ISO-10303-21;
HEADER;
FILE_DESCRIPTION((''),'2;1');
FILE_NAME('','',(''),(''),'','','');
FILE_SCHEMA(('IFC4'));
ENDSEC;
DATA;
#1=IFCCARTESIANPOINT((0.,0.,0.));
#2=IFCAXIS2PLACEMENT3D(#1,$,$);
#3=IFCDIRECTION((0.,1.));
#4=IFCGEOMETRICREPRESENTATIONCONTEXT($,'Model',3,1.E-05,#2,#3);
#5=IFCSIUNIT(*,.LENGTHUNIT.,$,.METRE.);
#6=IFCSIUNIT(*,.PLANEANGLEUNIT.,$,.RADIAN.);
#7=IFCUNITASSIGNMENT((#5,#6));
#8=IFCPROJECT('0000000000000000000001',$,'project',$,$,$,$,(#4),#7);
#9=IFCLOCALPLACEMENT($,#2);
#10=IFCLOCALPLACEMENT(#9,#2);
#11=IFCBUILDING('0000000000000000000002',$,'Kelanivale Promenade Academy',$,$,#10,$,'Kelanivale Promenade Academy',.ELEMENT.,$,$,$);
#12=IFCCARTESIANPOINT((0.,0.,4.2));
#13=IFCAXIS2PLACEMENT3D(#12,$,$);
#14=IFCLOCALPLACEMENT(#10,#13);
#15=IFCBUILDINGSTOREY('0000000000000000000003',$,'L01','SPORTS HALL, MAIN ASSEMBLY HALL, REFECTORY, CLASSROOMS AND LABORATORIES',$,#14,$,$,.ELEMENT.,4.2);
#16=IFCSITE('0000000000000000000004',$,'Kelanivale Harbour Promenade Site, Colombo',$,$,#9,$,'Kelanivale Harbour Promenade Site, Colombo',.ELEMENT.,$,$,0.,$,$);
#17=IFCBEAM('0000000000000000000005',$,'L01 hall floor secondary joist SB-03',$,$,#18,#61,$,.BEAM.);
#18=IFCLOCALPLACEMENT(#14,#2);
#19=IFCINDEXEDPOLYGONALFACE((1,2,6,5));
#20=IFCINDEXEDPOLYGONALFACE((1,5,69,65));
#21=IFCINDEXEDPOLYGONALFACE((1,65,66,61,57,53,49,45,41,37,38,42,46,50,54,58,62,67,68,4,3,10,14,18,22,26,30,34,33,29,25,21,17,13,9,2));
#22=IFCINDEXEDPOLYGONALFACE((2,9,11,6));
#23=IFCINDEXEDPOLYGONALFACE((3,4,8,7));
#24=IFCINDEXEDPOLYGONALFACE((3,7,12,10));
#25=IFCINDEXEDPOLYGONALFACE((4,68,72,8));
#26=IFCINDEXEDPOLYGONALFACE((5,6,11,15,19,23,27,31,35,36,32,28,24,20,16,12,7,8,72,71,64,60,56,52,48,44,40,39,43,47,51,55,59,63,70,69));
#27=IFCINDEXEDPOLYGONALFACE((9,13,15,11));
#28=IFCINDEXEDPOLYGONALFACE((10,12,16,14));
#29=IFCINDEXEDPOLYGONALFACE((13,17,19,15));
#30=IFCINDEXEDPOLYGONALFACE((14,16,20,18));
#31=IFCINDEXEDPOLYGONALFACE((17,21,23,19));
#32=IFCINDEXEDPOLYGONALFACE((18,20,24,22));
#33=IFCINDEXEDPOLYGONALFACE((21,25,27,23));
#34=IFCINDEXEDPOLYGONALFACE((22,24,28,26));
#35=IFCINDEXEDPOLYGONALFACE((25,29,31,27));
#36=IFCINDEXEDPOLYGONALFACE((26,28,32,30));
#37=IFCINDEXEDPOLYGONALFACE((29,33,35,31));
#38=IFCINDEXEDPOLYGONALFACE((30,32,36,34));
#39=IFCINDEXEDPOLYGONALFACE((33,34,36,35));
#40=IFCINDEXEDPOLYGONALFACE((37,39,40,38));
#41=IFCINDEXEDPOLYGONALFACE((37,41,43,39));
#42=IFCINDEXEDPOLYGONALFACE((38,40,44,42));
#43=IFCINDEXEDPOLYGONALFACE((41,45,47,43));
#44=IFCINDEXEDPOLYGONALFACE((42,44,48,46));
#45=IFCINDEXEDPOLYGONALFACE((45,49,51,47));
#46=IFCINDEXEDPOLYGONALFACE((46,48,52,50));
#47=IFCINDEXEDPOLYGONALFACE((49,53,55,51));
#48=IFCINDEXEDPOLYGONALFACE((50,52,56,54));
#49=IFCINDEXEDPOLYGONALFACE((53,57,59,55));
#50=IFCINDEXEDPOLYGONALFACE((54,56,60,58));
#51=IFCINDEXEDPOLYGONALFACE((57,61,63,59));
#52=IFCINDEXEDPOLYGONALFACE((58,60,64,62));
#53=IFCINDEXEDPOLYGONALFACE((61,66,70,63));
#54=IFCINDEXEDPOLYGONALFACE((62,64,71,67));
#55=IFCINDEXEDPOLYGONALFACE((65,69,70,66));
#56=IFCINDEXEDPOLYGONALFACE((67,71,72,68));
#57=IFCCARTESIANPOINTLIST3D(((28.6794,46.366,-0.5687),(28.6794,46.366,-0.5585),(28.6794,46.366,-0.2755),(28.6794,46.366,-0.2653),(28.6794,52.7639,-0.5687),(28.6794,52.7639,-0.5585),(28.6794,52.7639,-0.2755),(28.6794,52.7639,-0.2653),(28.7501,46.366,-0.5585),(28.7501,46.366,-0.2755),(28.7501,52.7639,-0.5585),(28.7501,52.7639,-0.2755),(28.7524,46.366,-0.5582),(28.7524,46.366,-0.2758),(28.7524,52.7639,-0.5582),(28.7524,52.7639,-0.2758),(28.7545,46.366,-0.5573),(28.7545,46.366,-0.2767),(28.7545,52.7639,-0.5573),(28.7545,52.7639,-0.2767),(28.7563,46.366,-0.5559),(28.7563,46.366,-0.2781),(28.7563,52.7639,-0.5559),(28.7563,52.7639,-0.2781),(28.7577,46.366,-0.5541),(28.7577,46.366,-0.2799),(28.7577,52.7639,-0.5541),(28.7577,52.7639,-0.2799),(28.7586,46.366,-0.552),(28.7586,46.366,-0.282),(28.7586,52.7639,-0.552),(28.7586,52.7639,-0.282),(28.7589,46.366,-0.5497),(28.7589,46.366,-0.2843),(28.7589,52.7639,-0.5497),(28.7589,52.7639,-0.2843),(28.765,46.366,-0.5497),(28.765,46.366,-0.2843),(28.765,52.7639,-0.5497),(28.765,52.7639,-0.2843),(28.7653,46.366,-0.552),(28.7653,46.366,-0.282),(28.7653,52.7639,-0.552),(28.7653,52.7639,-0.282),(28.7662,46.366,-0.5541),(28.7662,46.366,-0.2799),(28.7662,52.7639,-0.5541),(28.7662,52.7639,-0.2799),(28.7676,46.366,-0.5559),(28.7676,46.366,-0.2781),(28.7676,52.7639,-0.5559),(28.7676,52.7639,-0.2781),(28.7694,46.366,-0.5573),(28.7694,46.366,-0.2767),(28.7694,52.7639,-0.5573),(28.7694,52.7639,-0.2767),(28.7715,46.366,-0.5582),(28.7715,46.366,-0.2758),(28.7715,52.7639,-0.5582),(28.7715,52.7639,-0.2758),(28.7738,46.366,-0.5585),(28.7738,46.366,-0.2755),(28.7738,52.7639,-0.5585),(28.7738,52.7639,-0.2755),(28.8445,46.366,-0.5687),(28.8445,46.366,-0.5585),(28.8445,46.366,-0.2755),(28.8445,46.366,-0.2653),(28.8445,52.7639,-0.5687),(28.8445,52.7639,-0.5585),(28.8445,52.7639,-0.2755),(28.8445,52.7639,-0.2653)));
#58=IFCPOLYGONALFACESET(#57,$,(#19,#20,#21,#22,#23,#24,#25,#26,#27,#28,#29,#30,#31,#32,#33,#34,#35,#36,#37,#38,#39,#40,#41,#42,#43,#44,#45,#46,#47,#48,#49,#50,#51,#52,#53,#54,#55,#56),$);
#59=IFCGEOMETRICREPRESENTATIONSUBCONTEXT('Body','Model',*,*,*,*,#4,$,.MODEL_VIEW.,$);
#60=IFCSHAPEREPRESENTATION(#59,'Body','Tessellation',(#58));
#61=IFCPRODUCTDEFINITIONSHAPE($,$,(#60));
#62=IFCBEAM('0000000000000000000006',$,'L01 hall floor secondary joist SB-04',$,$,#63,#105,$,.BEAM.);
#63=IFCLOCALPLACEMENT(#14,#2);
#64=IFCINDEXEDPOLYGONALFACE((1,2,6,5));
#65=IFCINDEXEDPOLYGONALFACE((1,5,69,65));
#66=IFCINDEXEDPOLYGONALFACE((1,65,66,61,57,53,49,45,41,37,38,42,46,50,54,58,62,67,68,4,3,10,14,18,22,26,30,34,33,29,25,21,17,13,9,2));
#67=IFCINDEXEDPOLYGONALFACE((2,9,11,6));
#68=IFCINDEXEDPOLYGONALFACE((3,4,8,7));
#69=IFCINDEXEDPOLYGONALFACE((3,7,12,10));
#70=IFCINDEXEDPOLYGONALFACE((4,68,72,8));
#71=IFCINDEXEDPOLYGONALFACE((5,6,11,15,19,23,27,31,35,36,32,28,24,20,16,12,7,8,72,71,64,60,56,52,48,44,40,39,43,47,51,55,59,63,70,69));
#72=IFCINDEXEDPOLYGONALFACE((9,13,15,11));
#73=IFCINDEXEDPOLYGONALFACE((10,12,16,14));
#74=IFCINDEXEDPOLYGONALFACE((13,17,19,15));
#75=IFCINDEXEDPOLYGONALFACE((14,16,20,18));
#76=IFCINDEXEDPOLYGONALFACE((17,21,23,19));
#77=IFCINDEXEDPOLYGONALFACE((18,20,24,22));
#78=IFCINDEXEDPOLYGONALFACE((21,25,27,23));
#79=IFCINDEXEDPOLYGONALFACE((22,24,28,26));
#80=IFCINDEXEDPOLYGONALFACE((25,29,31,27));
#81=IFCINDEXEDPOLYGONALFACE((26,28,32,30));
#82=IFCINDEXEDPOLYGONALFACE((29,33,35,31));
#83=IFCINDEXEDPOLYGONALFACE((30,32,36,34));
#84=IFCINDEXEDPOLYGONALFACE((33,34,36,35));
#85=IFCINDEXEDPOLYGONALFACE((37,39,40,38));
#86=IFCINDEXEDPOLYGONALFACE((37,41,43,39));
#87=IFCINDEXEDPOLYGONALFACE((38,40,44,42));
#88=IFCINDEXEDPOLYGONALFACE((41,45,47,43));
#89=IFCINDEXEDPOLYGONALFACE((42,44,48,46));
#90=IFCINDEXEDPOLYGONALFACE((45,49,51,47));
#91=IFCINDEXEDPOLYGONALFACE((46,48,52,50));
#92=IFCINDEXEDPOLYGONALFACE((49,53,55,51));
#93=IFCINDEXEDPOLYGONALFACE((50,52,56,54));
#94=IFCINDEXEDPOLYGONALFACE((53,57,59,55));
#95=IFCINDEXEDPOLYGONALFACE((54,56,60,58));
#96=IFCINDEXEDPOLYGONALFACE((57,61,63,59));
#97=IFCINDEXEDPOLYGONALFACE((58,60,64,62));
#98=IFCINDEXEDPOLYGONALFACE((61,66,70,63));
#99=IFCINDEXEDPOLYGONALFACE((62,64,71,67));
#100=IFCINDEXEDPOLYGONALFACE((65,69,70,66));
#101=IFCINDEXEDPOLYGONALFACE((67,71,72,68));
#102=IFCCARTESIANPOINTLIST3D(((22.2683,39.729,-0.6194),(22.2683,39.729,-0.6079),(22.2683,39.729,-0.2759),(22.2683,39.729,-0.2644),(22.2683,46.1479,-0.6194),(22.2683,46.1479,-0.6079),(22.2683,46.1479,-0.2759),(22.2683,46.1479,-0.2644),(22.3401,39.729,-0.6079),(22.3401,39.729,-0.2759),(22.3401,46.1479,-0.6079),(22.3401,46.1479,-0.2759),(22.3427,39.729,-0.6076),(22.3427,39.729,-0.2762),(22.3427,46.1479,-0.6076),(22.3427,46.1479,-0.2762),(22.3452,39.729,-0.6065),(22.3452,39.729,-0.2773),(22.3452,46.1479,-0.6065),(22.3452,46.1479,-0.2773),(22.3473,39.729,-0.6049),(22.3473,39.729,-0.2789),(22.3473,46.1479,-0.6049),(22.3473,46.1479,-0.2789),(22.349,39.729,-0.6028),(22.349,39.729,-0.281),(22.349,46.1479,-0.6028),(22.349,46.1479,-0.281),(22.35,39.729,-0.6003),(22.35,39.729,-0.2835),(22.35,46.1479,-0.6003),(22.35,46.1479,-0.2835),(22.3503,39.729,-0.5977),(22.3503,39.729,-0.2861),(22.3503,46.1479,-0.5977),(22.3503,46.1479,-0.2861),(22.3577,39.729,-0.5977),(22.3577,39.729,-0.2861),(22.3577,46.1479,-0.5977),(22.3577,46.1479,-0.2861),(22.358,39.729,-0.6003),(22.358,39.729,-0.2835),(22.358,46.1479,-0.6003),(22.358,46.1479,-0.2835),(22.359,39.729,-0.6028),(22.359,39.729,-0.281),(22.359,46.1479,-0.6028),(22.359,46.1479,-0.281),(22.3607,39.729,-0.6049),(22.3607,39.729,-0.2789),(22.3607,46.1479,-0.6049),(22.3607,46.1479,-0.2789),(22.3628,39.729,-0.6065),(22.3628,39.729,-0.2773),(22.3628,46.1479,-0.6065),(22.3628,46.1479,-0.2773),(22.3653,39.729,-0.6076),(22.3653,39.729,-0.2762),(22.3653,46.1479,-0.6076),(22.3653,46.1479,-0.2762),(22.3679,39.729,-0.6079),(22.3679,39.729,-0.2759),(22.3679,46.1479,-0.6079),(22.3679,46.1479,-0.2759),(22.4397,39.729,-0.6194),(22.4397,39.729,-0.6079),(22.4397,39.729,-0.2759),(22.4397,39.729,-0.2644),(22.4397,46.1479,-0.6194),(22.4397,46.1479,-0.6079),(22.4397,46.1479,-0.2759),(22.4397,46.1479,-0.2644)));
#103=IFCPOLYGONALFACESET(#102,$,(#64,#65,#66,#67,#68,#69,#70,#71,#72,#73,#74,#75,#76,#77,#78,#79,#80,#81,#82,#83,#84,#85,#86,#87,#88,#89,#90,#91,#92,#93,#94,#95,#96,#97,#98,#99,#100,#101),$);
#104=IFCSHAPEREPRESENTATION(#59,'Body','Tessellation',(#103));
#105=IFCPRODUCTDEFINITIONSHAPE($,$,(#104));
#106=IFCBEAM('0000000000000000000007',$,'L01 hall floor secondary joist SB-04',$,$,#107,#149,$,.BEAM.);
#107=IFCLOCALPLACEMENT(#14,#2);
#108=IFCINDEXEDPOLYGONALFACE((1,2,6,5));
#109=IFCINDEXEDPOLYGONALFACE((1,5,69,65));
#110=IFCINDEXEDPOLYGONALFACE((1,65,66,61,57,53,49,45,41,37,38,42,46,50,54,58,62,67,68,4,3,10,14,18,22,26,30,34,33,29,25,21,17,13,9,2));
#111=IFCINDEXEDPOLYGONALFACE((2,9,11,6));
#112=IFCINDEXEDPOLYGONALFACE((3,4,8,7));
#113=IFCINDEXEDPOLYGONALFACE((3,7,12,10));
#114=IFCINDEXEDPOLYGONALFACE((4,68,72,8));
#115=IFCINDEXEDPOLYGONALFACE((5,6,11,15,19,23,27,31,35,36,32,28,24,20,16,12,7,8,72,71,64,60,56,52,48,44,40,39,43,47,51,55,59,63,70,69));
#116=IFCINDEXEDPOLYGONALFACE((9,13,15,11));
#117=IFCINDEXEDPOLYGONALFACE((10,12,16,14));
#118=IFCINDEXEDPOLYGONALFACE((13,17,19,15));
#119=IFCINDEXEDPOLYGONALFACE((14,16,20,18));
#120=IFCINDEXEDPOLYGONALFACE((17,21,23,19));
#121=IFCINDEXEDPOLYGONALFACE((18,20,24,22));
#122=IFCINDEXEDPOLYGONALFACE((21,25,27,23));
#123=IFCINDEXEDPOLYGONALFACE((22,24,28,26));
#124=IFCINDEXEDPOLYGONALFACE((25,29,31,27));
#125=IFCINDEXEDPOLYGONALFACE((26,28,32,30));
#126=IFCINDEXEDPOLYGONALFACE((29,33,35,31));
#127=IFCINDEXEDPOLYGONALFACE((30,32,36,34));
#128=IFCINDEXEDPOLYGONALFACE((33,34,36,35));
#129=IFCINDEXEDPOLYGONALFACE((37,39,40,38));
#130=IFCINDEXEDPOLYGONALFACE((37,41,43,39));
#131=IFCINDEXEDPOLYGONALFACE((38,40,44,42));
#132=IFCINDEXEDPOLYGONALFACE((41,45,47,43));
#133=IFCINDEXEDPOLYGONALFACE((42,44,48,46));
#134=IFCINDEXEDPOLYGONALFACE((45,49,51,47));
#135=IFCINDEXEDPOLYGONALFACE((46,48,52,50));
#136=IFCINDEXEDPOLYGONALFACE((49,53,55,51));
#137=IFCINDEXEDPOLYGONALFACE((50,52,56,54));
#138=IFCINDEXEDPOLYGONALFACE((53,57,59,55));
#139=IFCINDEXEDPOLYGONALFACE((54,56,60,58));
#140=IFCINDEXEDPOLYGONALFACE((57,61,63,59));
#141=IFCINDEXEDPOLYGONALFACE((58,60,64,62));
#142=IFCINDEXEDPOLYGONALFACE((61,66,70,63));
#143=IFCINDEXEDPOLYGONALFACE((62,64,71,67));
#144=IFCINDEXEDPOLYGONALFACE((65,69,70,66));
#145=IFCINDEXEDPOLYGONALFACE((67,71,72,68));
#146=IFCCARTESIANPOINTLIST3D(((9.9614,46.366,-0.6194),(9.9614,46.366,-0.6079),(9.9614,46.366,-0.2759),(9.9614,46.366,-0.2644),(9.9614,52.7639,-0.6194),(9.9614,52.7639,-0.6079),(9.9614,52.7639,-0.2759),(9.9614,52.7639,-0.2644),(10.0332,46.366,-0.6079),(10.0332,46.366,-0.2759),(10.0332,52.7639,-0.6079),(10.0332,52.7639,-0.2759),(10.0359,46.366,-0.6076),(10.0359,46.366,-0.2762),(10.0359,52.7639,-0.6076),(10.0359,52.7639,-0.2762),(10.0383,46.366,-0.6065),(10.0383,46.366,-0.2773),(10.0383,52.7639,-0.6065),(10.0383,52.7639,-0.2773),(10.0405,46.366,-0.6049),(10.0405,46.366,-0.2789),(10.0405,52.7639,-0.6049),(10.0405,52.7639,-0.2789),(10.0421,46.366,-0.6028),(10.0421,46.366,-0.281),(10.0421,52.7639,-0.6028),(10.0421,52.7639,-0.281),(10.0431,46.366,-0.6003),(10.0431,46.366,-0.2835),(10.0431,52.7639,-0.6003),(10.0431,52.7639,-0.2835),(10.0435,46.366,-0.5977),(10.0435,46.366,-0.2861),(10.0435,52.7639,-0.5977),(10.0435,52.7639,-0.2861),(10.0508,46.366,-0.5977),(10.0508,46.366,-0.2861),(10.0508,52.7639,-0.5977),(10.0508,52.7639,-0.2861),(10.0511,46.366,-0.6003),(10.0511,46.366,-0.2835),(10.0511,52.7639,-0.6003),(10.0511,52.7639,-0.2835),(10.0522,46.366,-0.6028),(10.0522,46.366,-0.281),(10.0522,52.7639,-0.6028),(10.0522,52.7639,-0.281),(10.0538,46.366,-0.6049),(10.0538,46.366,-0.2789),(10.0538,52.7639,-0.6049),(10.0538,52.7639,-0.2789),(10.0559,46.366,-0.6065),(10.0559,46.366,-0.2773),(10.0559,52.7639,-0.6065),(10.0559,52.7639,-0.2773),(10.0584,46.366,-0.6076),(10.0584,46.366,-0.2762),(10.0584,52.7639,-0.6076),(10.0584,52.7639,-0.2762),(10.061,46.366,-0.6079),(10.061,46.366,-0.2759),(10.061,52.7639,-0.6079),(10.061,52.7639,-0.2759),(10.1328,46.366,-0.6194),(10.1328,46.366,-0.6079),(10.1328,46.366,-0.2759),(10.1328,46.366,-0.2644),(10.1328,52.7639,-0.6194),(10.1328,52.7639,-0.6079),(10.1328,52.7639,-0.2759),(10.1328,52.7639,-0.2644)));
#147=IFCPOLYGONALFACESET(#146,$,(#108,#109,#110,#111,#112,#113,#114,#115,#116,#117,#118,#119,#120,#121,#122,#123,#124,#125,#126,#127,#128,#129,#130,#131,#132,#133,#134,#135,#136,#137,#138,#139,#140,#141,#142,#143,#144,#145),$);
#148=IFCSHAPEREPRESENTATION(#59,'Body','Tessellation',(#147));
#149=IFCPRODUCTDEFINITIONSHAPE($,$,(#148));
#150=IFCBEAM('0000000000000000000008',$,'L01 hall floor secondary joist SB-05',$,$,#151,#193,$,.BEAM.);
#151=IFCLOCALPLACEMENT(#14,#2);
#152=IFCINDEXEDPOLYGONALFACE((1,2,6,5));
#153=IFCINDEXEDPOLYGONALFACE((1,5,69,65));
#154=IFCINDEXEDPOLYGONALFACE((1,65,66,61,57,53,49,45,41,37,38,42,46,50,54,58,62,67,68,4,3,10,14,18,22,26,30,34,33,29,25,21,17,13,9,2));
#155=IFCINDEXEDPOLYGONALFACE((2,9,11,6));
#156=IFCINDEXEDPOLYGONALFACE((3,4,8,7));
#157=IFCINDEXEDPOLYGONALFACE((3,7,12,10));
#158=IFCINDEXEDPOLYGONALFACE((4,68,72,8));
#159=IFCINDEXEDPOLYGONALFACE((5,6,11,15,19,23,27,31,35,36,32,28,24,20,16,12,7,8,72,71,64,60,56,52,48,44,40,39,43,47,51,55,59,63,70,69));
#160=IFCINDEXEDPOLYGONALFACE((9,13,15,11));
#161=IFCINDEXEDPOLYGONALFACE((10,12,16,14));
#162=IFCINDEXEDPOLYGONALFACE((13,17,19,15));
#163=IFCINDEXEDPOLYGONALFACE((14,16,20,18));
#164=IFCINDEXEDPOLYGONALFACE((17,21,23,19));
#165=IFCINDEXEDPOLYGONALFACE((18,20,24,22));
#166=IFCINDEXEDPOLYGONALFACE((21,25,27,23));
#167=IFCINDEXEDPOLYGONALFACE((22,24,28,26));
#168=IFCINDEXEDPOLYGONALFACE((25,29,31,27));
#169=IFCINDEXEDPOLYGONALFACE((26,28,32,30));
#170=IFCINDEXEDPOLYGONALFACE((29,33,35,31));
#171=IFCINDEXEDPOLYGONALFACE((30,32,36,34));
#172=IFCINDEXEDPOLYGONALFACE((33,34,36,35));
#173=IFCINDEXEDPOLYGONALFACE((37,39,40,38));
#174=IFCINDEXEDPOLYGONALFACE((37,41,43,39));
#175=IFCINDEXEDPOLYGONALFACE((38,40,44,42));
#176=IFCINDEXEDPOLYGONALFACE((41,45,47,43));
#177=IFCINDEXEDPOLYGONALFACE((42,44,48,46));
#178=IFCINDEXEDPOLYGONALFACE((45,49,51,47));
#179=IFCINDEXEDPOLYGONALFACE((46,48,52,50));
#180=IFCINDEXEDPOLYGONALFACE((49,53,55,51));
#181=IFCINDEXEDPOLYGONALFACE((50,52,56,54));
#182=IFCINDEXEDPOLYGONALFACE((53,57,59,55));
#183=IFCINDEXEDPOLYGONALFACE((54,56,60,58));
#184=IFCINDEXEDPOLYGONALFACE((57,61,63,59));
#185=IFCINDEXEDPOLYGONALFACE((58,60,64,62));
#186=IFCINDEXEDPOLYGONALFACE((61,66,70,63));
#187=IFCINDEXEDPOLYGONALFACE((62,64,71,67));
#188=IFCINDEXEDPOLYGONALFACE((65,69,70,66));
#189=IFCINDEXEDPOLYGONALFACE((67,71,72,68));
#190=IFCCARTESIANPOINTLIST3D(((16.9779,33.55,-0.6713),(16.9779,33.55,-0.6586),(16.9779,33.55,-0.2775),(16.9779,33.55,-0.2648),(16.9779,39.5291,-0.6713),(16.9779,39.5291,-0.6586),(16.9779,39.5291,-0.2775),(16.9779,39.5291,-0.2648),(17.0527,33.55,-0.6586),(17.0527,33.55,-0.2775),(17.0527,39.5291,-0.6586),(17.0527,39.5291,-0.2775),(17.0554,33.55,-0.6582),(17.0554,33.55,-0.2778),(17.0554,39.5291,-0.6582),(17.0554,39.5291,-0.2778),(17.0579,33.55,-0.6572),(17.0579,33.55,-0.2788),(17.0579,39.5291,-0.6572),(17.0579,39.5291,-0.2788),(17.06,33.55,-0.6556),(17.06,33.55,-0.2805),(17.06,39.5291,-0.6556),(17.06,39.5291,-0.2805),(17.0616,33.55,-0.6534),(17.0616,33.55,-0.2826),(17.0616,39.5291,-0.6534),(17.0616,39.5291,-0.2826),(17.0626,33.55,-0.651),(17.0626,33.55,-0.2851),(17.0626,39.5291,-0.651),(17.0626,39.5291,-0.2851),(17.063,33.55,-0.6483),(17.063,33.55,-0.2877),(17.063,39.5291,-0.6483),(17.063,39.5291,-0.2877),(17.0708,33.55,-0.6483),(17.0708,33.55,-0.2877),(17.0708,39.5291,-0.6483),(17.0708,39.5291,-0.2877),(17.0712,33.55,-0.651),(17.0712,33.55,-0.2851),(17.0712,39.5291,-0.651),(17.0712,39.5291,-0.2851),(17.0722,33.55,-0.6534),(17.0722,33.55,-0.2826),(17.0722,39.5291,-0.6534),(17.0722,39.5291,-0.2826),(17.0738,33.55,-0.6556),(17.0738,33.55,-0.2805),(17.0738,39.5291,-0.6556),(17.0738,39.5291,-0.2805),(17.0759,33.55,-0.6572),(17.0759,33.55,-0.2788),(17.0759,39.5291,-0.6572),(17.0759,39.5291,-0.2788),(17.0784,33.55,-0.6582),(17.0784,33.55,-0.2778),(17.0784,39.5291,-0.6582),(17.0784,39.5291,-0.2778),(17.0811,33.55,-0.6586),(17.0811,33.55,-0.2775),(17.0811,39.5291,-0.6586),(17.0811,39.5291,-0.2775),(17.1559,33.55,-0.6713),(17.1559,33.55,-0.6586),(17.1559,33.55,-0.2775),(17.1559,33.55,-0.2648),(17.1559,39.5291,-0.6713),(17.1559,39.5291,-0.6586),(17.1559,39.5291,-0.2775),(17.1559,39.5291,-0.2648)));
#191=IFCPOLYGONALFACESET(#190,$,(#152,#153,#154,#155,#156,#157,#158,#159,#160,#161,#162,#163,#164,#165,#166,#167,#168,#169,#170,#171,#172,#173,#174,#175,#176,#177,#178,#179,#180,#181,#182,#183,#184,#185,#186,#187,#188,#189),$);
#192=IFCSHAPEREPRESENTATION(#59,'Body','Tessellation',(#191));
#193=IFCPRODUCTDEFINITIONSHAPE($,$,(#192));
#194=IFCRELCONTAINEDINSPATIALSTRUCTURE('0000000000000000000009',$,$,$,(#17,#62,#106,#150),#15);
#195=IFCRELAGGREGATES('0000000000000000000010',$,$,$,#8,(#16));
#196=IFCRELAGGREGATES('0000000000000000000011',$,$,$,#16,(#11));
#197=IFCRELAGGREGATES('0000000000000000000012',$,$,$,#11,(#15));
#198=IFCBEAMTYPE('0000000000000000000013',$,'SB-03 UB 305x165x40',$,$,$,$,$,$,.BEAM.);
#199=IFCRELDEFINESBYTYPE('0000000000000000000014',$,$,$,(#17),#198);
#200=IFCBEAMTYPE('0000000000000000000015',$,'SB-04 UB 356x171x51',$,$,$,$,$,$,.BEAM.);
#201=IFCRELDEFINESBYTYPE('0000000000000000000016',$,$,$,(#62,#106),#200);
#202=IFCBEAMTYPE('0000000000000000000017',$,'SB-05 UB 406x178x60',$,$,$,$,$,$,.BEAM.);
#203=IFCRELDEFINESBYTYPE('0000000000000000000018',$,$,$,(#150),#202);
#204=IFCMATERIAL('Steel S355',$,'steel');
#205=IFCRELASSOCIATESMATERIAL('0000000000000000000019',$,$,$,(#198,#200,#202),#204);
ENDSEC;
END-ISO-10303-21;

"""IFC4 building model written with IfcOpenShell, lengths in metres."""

from ifc_helpers import new_model, si_unit, direction, frame, origin, origin_2d, place, context, subcontext, project, spatial, i_section, extrude, material, material_profile, profile_set, type_object, element, save


model = new_model("IFC4")

# Units and contexts
model_context = context("Model", 3, precision=1e-05, world=origin(), true_north=direction((0.0, 1.0)))
body_context = subcontext(model_context, "Body", "Model", "MODEL_VIEW")
ifc_project = project(units=[si_unit("LENGTHUNIT", "METRE"), si_unit("PLANEANGLEUNIT", "RADIAN")], contexts=[model_context])

# Site, building, storey
site_placement = place(None, origin())
site = spatial("IfcSite", under=ifc_project, at=site_placement, Name="Kelanivale Harbour Promenade Site, Colombo", LongName="Kelanivale Harbour Promenade Site, Colombo", CompositionType="ELEMENT", RefElevation=0.0)
building_placement = place(site_placement, origin())
building = spatial("IfcBuilding", under=site, at=building_placement, Name="Kelanivale Promenade Academy", LongName="Kelanivale Promenade Academy", CompositionType="ELEMENT")
storey_placement = place(building_placement, frame((0.0, 0.0, 4.2)))
storey = spatial("IfcBuildingStorey", under=building, at=storey_placement, Name="L01", Description="SPORTS HALL, MAIN ASSEMBLY HALL, REFECTORY, CLASSROOMS AND LABORATORIES", CompositionType="ELEMENT", Elevation=4.2)

# Shared definitions
ifc_material_1 = material(Name="Steel S355", Category="steel")

# Beams
ifc_material_profile_1 = material_profile(ifc_material_1, i_section(OverallWidth=0.165, OverallDepth=0.3035, WebThickness=0.0061, FlangeThickness=0.0103, FilletRadius=0.0088, at=origin_2d()), Name="UB 305x165x40")
ifc_profile_set_1 = profile_set([ifc_material_profile_1], Name="Steel S355")
beam_type_1 = type_object("IfcBeamType", Name="SB-03 UB 305x165x40", PredefinedType="BEAM", material=ifc_profile_set_1)
beam_1_placement = place(storey_placement, frame((28.762, 46.366, -0.417), z_axis=(0.0, 1.0, 0.0), x_axis=(-1.0, 0.0, 0.0)))
element("IfcBeam", 1, at=beam_1_placement, inside=storey, type_object=beam_type_1, Name="L01 hall floor secondary joist SB-03", PredefinedType="BEAM", context=body_context, shape_type="SweptSolid", body=[
    extrude(i_section(OverallWidth=0.165, OverallDepth=0.3035, WebThickness=0.0061, FlangeThickness=0.0103, FilletRadius=0.0088, at=origin_2d()), origin(), (0.0, 0.0, 1.0), 6.3979),
])
ifc_material_profile_2 = material_profile(ifc_material_1, i_section(OverallWidth=0.1714, OverallDepth=0.355, WebThickness=0.0073, FlangeThickness=0.0115, FilletRadius=0.0103, at=origin_2d()), Name="UB 356x171x51")
ifc_profile_set_2 = profile_set([ifc_material_profile_2], Name="Steel S355")
beam_type_2 = type_object("IfcBeamType", Name="SB-04 UB 356x171x51", PredefinedType="BEAM", material=ifc_profile_set_2)
beam_2_placement = place(storey_placement, frame((22.354, 39.729, -0.4419), z_axis=(0.0, 1.0, 0.0), x_axis=(-1.0, 0.0, 0.0)))
element("IfcBeam", 2, at=beam_2_placement, inside=storey, type_object=beam_type_2, Name="L01 hall floor secondary joist SB-04", PredefinedType="BEAM", context=body_context, shape_type="SweptSolid", body=[
    extrude(i_section(OverallWidth=0.1714, OverallDepth=0.355, WebThickness=0.0073, FlangeThickness=0.0115, FilletRadius=0.0103, at=origin_2d()), origin(), (0.0, 0.0, 1.0), 6.4189),
])
beam_3_placement = place(storey_placement, frame((10.0471, 46.366, -0.4419), z_axis=(0.0, 1.0, 0.0), x_axis=(-1.0, 0.0, 0.0)))
element("IfcBeam", 3, at=beam_3_placement, inside=storey, type_object=beam_type_2, Name="L01 hall floor secondary joist SB-04", PredefinedType="BEAM", context=body_context, shape_type="SweptSolid", body=[
    extrude(i_section(OverallWidth=0.1714, OverallDepth=0.355, WebThickness=0.0073, FlangeThickness=0.0115, FilletRadius=0.0103, at=origin_2d()), origin(), (0.0, 0.0, 1.0), 6.3979),
])
ifc_material_profile_3 = material_profile(ifc_material_1, i_section(OverallWidth=0.178, OverallDepth=0.4065, WebThickness=0.0078, FlangeThickness=0.0127, FilletRadius=0.0103, at=origin_2d()), Name="UB 406x178x60")
ifc_profile_set_3 = profile_set([ifc_material_profile_3], Name="Steel S355")
beam_type_3 = type_object("IfcBeamType", Name="SB-05 UB 406x178x60", PredefinedType="BEAM", material=ifc_profile_set_3)
beam_4_placement = place(storey_placement, frame((17.0669, 33.55, -0.468), z_axis=(0.0, 1.0, 0.0), x_axis=(-1.0, 0.0, 0.0)))
element("IfcBeam", 4, at=beam_4_placement, inside=storey, type_object=beam_type_3, Name="L01 hall floor secondary joist SB-05", PredefinedType="BEAM", context=body_context, shape_type="SweptSolid", body=[
    extrude(i_section(OverallWidth=0.178, OverallDepth=0.4065, WebThickness=0.0078, FlangeThickness=0.0127, FilletRadius=0.0103, at=origin_2d()), origin(), (0.0, 0.0, 1.0), 5.979),
])

save(model, "model.ifc")
